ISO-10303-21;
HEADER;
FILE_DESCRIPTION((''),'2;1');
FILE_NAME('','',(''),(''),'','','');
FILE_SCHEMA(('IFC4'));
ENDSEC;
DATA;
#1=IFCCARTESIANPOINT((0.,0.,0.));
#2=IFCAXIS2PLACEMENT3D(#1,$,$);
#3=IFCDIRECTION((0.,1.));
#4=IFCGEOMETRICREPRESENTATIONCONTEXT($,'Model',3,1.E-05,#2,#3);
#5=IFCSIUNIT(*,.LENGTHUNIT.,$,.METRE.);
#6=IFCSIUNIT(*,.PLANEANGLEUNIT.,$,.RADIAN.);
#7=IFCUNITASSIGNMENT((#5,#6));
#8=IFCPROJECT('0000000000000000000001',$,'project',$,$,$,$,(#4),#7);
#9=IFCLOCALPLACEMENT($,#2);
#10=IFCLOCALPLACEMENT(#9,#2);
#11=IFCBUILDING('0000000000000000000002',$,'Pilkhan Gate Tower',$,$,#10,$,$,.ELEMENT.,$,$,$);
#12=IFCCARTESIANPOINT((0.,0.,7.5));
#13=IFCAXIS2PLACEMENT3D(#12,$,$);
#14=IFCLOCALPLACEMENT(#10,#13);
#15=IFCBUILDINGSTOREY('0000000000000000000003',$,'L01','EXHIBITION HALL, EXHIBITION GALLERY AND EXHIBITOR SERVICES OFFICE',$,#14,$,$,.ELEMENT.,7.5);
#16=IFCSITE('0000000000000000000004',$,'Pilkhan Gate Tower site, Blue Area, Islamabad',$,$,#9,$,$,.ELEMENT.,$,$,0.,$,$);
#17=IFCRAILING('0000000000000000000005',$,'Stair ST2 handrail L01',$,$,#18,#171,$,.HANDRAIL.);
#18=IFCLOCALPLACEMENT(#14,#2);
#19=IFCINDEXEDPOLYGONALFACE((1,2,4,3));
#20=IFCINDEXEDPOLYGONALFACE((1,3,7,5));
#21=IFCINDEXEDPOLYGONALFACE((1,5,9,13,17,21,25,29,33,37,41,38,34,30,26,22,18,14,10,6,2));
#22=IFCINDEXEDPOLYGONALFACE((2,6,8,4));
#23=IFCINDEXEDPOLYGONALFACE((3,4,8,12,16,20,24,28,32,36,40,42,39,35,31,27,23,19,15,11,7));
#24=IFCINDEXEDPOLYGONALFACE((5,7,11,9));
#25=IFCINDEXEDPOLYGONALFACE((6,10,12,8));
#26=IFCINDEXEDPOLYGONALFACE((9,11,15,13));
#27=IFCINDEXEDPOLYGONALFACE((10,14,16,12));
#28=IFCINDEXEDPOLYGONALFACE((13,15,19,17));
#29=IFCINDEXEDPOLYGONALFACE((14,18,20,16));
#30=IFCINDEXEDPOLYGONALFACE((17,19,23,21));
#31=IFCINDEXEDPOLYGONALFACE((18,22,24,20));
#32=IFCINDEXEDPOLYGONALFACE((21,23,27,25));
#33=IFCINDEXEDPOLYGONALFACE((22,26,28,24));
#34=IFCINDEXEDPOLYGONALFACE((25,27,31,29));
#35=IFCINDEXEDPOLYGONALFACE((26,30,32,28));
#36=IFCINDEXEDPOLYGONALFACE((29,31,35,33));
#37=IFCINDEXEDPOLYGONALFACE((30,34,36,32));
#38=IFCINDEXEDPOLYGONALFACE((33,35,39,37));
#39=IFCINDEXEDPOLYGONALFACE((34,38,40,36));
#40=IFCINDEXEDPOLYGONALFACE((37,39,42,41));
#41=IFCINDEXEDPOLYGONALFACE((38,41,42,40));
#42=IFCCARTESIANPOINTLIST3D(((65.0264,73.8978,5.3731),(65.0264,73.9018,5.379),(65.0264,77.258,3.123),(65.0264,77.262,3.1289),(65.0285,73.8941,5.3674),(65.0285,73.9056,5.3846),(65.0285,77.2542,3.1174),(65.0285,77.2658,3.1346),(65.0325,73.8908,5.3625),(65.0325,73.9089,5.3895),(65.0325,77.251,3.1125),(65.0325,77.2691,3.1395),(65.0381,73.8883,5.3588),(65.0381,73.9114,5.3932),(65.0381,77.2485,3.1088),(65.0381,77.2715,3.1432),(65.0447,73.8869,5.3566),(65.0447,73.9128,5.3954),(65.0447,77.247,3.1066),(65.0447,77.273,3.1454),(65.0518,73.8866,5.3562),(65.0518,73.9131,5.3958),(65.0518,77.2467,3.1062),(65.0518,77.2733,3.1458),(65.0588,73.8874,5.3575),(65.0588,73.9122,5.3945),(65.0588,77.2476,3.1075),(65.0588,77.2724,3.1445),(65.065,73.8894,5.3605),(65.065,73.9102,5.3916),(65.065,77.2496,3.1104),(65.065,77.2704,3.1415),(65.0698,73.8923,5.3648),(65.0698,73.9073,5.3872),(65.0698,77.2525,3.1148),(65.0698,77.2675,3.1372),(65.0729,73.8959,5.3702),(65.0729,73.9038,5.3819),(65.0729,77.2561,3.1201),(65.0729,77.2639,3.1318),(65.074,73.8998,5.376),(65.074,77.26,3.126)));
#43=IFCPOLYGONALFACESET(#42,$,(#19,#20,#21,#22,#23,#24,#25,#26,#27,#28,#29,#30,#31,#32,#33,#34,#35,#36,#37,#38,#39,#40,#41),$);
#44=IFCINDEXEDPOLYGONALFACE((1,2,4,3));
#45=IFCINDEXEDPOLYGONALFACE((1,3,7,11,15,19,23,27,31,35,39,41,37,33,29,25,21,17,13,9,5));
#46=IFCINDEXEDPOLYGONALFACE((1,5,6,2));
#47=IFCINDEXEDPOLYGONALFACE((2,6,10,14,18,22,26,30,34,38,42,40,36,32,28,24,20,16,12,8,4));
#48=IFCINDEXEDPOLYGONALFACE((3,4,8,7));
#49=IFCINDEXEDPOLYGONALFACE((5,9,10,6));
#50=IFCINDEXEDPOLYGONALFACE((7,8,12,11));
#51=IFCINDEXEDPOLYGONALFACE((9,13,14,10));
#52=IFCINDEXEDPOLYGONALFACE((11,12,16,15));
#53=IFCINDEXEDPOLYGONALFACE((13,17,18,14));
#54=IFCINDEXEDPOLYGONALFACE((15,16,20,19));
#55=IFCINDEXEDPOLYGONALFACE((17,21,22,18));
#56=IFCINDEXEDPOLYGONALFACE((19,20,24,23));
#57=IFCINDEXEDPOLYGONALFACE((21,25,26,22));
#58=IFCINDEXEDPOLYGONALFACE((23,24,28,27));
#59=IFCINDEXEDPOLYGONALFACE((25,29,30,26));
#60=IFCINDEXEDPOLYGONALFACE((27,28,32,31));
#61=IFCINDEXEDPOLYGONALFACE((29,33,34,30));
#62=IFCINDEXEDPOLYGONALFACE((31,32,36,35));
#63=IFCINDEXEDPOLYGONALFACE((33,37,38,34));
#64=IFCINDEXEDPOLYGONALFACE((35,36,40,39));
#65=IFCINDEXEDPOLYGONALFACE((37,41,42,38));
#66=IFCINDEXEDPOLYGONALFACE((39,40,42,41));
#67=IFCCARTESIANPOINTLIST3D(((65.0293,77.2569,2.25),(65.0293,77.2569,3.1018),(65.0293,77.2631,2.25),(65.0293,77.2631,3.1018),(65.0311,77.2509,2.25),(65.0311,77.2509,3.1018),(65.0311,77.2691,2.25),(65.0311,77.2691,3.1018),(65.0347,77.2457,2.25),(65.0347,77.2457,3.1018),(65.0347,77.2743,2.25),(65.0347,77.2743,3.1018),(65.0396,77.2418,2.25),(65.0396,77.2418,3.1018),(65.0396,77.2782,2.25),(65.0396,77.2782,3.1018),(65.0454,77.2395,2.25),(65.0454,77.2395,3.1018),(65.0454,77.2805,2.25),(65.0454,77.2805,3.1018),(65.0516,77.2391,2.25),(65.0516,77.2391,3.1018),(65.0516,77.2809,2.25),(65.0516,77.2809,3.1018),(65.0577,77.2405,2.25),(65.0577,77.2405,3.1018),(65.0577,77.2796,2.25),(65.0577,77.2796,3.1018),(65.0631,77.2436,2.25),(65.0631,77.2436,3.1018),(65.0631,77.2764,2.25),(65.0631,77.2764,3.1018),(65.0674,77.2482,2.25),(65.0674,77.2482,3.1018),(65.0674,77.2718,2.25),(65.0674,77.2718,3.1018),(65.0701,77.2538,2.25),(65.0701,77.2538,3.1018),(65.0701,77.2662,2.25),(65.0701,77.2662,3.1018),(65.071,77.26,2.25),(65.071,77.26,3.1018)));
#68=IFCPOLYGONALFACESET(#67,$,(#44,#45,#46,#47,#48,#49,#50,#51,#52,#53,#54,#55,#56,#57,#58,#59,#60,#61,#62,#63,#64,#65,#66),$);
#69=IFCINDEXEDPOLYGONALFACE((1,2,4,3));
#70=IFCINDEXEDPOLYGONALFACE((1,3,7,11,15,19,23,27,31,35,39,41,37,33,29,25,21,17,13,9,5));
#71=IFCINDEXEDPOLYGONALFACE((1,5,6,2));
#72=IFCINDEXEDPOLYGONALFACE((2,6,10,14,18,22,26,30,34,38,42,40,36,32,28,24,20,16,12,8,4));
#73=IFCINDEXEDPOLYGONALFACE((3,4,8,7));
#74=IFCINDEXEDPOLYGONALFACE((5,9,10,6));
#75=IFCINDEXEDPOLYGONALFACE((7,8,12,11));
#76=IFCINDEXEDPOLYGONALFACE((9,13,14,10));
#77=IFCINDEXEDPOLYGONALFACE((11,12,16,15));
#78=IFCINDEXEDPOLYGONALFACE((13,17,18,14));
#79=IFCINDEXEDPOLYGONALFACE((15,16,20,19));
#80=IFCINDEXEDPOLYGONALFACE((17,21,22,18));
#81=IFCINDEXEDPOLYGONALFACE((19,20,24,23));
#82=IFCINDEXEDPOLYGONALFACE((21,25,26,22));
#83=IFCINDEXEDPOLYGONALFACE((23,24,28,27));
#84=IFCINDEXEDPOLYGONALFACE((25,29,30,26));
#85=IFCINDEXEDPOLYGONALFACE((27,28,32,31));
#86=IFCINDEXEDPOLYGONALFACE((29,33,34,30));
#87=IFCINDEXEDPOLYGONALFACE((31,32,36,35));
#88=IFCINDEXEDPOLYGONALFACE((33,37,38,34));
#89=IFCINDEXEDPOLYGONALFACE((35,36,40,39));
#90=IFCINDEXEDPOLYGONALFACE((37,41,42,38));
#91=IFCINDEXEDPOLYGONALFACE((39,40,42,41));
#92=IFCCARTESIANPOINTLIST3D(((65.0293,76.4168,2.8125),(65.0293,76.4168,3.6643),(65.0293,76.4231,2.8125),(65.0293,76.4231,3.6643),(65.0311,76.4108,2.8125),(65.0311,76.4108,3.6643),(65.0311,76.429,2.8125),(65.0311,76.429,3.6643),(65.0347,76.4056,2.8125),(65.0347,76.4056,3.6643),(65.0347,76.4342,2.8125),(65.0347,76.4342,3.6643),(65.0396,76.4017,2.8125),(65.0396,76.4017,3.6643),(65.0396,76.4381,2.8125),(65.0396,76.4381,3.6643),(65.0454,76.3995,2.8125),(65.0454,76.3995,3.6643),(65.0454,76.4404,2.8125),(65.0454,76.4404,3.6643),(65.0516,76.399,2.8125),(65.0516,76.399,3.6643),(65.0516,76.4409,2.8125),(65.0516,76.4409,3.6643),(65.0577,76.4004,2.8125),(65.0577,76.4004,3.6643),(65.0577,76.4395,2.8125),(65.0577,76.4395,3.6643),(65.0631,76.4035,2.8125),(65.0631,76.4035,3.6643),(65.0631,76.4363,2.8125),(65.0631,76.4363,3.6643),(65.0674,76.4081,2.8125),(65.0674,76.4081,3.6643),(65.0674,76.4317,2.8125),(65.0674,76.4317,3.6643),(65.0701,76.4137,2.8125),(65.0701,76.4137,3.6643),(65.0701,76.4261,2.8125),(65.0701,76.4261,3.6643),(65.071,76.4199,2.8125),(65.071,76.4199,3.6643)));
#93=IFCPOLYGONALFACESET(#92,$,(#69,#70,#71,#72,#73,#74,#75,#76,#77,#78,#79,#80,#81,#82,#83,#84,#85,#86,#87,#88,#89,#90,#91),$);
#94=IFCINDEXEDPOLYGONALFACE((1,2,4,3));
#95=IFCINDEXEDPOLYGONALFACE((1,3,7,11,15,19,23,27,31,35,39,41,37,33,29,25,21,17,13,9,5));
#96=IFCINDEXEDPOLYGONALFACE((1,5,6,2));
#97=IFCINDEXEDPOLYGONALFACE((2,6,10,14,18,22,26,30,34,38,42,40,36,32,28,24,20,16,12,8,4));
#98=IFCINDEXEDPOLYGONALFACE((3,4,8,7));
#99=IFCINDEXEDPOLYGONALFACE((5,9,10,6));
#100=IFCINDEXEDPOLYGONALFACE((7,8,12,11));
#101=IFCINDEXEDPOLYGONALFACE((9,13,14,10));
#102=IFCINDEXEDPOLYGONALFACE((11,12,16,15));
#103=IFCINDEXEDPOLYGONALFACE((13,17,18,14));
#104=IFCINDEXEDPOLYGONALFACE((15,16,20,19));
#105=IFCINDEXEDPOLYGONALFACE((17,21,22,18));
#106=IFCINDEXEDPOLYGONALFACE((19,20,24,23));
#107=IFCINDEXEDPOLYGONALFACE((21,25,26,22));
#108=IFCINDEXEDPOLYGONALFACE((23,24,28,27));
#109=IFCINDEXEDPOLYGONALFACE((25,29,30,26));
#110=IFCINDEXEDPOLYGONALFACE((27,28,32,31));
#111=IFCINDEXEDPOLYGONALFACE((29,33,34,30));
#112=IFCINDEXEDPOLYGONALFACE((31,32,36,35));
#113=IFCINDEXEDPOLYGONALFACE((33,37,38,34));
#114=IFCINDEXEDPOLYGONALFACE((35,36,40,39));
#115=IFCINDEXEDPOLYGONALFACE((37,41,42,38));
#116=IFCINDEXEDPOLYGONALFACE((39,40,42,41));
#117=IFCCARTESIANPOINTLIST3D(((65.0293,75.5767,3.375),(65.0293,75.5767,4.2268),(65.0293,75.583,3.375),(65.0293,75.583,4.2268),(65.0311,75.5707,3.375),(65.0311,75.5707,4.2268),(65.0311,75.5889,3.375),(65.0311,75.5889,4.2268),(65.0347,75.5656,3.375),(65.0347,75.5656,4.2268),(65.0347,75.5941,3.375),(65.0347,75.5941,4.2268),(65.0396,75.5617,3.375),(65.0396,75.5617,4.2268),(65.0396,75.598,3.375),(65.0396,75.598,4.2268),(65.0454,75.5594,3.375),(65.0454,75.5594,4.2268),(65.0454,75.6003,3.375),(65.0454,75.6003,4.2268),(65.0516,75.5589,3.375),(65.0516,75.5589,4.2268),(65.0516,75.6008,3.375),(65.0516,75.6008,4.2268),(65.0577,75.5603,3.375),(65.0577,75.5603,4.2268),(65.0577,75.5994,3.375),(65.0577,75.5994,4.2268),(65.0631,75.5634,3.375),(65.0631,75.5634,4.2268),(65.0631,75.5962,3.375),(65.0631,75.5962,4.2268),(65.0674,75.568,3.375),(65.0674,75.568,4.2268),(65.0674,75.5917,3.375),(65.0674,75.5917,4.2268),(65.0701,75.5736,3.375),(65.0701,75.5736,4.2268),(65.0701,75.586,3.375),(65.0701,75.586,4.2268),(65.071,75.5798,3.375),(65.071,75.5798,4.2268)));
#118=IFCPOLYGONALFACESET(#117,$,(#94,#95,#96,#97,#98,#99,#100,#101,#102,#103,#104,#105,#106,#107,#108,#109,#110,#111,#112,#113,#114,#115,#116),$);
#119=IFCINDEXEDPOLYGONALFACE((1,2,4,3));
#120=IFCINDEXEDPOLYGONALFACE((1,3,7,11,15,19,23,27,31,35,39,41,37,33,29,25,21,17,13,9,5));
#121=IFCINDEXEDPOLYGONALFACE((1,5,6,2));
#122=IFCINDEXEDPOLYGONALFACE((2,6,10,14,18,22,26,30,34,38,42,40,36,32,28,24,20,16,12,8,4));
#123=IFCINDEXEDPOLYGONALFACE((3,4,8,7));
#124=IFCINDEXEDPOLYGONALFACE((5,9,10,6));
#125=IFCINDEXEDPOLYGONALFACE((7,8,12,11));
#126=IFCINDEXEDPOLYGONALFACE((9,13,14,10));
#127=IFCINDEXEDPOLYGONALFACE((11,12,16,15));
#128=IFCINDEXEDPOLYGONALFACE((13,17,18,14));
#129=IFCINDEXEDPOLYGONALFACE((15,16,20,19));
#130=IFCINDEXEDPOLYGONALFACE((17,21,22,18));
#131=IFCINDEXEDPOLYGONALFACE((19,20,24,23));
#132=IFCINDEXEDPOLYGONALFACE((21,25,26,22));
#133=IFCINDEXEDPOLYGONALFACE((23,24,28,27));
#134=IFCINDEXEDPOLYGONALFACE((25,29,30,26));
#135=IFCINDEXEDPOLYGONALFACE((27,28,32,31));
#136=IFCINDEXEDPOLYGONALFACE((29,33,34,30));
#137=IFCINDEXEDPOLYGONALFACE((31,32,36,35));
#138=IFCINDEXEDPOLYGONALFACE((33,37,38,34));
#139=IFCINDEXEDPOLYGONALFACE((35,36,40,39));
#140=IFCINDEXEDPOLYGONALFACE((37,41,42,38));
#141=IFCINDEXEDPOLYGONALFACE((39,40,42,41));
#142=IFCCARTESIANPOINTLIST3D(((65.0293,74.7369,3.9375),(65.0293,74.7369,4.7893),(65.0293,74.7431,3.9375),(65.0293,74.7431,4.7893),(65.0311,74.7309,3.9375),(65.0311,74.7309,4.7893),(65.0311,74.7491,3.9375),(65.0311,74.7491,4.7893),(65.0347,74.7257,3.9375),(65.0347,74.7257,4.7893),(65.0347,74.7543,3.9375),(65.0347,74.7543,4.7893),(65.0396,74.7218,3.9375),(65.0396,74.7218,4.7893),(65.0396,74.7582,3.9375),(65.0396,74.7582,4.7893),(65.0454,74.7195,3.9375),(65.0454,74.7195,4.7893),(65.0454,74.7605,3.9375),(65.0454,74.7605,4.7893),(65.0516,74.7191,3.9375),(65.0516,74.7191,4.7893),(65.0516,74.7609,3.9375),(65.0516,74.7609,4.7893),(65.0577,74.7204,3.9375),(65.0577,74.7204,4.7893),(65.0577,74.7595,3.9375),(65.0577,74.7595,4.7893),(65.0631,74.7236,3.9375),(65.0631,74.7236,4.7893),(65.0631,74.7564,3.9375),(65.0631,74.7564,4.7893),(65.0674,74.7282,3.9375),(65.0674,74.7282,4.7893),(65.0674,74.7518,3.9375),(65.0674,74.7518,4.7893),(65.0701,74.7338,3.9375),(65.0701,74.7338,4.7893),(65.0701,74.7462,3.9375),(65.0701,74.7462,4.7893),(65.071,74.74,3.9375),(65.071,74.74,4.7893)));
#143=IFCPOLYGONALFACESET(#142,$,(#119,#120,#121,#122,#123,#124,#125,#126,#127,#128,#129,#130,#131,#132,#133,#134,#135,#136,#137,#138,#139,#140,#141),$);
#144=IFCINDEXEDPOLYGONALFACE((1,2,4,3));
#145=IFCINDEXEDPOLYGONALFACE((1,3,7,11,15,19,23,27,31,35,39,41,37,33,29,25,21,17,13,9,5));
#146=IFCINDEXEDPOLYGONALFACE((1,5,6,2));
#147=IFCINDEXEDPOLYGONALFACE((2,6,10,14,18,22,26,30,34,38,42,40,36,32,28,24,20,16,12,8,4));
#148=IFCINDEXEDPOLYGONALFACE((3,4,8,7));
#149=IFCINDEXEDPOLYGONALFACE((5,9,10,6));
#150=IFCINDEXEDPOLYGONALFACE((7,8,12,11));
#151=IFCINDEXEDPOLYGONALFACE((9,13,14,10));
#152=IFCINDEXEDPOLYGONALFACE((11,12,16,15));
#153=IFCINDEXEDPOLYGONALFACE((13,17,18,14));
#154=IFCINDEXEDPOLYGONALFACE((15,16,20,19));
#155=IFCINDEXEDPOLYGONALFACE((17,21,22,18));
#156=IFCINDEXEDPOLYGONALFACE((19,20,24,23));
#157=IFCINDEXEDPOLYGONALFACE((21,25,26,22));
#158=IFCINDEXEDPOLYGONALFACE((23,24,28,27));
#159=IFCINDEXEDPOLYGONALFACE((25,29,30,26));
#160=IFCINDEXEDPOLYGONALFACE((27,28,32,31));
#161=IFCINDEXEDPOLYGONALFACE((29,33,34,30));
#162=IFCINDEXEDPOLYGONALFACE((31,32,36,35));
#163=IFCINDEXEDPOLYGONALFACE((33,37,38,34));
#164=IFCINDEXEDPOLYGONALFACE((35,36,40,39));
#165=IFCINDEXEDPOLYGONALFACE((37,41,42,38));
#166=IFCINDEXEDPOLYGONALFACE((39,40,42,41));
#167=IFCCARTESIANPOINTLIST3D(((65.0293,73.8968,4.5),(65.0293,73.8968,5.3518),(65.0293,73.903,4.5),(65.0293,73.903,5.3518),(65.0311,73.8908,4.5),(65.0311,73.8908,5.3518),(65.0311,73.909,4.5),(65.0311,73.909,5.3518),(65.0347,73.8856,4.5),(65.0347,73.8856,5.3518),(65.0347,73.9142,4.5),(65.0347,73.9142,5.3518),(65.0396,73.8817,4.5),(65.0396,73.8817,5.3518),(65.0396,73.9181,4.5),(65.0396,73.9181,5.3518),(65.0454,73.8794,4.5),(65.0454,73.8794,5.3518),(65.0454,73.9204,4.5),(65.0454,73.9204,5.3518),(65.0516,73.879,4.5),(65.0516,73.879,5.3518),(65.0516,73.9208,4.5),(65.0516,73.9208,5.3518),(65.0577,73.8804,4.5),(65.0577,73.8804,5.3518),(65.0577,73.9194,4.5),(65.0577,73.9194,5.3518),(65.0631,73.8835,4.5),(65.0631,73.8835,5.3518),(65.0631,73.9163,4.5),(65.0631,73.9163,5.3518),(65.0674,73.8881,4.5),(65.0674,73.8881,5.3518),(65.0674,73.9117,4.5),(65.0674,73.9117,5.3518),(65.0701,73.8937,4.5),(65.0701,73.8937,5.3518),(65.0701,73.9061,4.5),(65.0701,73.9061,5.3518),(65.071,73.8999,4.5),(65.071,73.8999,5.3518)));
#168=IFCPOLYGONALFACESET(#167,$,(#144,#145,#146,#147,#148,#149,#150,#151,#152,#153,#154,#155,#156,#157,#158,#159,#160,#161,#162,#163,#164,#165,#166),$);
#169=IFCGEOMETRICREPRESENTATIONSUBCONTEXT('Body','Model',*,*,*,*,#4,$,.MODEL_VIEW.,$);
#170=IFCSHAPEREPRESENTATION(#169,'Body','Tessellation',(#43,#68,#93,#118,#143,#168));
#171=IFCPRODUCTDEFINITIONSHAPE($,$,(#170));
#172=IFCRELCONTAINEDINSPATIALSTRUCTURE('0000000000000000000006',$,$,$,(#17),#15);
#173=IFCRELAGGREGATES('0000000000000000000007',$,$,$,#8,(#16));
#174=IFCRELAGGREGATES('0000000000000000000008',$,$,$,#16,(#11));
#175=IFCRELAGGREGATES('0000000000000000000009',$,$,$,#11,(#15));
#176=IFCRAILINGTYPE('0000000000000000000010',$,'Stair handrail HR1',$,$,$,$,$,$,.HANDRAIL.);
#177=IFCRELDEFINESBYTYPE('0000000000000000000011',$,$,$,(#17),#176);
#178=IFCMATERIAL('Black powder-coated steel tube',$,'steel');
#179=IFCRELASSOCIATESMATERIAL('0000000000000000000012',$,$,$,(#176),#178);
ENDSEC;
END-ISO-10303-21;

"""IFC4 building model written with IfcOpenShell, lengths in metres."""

from ifc_helpers import new_model, si_unit, direction, frame, origin, origin_2d, place, context, subcontext, project, spatial, circle, extrude, material, type_object, element, save


model = new_model("IFC4")

# Units and contexts
model_context = context("Model", 3, precision=1e-05, world=origin(), true_north=direction((0.0, 1.0)))
body_context = subcontext(model_context, "Body", "Model", "MODEL_VIEW")
ifc_project = project(units=[si_unit("LENGTHUNIT", "METRE"), si_unit("PLANEANGLEUNIT", "RADIAN")], contexts=[model_context])

# Site, building, storey
site_placement = place(None, origin())
site = spatial("IfcSite", under=ifc_project, at=site_placement, Name="Pilkhan Gate Tower site, Blue Area, Islamabad", CompositionType="ELEMENT", RefElevation=0.0)
building_placement = place(site_placement, origin())
building = spatial("IfcBuilding", under=site, at=building_placement, Name="Pilkhan Gate Tower", CompositionType="ELEMENT")
storey_placement = place(building_placement, frame((0.0, 0.0, 7.5)))
storey = spatial("IfcBuildingStorey", under=building, at=storey_placement, Name="L01", Description="EXHIBITION HALL, EXHIBITION GALLERY AND EXHIBITOR SERVICES OFFICE", CompositionType="ELEMENT", Elevation=7.5)

# Railing
ifc_material_1 = material(Name="Black powder-coated steel tube", Category="steel")
railing_type_1 = type_object("IfcRailingType", Name="Stair handrail HR1", PredefinedType="HANDRAIL", material=ifc_material_1)
for number, where, name in (
    (1, (65.05, 77.26, 2.25), "Stair ST2 handrail L01"),
):
    element("IfcRailing", number, at=place(storey_placement, frame(where)), inside=storey, type_object=railing_type_1, Name=name, PredefinedType="HANDRAIL", context=body_context, shape_type="SweptSolid", body=[
        extrude(circle(Radius=0.0239, at=origin_2d()), frame((0.0, 0.0, 0.876), z_axis=(0.0, -0.830915, 0.556399), x_axis=(1.0, 0.0, 0.0)), (0.0, 0.0, 1.0), 4.0439),
        extrude(circle(Radius=0.021, at=origin_2d()), origin(), (0.0, 0.0, 1.0), 0.8518),
        extrude(circle(Radius=0.021, at=origin_2d()), frame((0.0, -0.8401, 0.5625)), (0.0, 0.0, 1.0), 0.8518),
        extrude(circle(Radius=0.021, at=origin_2d()), frame((0.0, -1.6802, 1.125)), (0.0, 0.0, 1.0), 0.8518),
        extrude(circle(Radius=0.021, at=origin_2d()), frame((0.0, -2.52, 1.6875)), (0.0, 0.0, 1.0), 0.8518),
        extrude(circle(Radius=0.021, at=origin_2d()), frame((0.0, -3.3601, 2.25)), (0.0, 0.0, 1.0), 0.8518),
    ])

save(model, "model.ifc")
